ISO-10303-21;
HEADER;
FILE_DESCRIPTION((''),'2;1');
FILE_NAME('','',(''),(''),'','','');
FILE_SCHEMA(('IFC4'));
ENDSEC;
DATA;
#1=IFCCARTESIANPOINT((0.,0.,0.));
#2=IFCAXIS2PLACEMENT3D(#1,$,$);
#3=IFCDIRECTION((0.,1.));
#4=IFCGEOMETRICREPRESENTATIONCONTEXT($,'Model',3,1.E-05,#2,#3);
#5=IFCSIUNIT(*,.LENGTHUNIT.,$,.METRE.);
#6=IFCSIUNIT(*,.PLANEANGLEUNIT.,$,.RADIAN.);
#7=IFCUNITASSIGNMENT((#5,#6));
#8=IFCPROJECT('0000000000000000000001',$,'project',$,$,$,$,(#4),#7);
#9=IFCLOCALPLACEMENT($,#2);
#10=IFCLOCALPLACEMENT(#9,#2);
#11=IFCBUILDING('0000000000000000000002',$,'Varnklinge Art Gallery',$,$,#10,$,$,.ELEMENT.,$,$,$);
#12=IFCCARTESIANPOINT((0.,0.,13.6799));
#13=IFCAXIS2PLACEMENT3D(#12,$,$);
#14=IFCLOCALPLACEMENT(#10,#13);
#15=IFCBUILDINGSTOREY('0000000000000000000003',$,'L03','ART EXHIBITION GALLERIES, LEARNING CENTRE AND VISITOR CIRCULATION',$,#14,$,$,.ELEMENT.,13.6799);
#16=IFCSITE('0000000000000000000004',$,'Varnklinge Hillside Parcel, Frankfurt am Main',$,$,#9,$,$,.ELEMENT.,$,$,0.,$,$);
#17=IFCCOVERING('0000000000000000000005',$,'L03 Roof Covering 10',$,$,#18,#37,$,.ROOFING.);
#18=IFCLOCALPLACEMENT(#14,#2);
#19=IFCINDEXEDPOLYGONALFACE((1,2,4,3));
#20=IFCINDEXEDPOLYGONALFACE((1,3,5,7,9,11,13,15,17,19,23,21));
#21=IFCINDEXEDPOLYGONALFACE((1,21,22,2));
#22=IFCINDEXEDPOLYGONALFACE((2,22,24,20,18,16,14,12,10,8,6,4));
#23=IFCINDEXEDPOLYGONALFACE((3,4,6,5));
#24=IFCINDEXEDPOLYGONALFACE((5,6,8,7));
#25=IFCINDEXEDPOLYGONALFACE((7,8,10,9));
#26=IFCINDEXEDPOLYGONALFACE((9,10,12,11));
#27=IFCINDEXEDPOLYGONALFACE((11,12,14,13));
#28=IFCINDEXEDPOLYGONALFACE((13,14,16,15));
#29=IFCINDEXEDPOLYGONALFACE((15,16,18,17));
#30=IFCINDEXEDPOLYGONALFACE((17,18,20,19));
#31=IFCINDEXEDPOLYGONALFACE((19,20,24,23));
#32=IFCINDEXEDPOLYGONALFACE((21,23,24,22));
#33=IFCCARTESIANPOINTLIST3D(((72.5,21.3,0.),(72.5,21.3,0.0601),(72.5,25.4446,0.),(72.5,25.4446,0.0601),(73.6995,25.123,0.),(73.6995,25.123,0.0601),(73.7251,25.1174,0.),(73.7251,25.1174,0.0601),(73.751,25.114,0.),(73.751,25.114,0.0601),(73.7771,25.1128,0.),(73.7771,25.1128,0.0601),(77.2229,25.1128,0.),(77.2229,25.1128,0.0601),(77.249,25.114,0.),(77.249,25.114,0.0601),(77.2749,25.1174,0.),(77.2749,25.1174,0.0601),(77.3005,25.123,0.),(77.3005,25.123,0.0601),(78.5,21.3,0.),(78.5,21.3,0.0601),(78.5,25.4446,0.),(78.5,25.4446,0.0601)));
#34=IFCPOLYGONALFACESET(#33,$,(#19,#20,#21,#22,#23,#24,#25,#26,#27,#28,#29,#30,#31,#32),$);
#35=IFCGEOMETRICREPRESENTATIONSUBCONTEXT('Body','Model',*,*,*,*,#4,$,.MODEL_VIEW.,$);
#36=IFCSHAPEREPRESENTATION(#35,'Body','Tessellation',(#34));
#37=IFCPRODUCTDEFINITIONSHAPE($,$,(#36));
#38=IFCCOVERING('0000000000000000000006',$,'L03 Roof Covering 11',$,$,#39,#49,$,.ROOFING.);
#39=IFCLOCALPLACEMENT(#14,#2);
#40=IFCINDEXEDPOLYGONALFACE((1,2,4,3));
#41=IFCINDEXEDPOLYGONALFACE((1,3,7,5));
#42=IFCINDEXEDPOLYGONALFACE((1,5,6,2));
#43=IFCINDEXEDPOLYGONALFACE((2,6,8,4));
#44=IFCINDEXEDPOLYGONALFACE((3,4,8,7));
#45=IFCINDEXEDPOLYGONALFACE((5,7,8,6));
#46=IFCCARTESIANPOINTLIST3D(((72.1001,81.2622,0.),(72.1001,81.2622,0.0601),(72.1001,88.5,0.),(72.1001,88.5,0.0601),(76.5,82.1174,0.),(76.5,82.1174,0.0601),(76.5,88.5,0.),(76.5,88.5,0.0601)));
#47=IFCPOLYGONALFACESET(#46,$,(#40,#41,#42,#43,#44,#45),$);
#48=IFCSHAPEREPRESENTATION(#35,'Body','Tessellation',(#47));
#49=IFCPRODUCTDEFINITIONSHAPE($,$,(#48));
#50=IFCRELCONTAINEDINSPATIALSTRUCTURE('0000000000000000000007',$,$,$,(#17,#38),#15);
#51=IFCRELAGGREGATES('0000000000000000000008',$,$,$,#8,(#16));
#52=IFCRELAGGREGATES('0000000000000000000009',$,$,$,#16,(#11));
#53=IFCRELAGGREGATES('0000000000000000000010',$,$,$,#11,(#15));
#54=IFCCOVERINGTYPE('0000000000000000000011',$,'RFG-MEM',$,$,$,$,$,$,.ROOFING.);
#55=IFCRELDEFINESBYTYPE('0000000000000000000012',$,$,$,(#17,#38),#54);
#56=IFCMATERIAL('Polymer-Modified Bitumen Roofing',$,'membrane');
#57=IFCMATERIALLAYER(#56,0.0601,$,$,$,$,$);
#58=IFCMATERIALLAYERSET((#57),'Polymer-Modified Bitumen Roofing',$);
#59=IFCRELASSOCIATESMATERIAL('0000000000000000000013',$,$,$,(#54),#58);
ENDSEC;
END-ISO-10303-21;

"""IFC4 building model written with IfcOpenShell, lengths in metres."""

from ifc_helpers import new_model, si_unit, direction, frame, origin, place, context, subcontext, project, spatial, polyline, outline, extrude, material, layer, layer_set, type_object, element, save


model = new_model("IFC4")

# Units and contexts
model_context = context("Model", 3, precision=1e-05, world=origin(), true_north=direction((0.0, 1.0)))
body_context = subcontext(model_context, "Body", "Model", "MODEL_VIEW")
ifc_project = project(units=[si_unit("LENGTHUNIT", "METRE"), si_unit("PLANEANGLEUNIT", "RADIAN")], contexts=[model_context])

# Site, building, storey
site_placement = place(None, origin())
site = spatial("IfcSite", under=ifc_project, at=site_placement, Name="Varnklinge Hillside Parcel, Frankfurt am Main", CompositionType="ELEMENT", RefElevation=0.0)
building_placement = place(site_placement, origin())
building = spatial("IfcBuilding", under=site, at=building_placement, Name="Varnklinge Art Gallery", CompositionType="ELEMENT")
storey_placement = place(building_placement, frame((0.0, 0.0, 13.6799)))
storey = spatial("IfcBuildingStorey", under=building, at=storey_placement, Name="L03", Description="ART EXHIBITION GALLERIES, LEARNING CENTRE AND VISITOR CIRCULATION", CompositionType="ELEMENT", Elevation=13.6799)

# Coverings
ifc_material_1 = material(Name="Polymer-Modified Bitumen Roofing", Category="membrane")
ifc_layer_1 = layer(ifc_material_1, 0.0601)
ifc_layer_set_1 = layer_set([ifc_layer_1], Name="Polymer-Modified Bitumen Roofing")
covering_type_1 = type_object("IfcCoveringType", Name="RFG-MEM", PredefinedType="ROOFING", material=ifc_layer_set_1)
covering_1_placement = place(storey_placement, origin())
element("IfcCovering", 1, at=covering_1_placement, inside=storey, type_object=covering_type_1, Name="L03 Roof Covering 10", PredefinedType="ROOFING", context=body_context, shape_type="SweptSolid", body=[
    extrude(outline(polyline([(77.3005, 25.123), (77.2749, 25.1174), (77.249, 25.114), (77.2229, 25.1128), (73.7771, 25.1128), (73.751, 25.114), (73.7251, 25.1174), (73.6995, 25.123), (72.5, 25.4446), (72.5, 21.3), (78.5, 21.3), (78.5, 25.4446), (77.3005, 25.123)])), origin(), (0.0, 0.0, 1.0), 0.0601),
])
covering_2_placement = place(storey_placement, origin())
element("IfcCovering", 2, at=covering_2_placement, inside=storey, type_object=covering_type_1, Name="L03 Roof Covering 11", PredefinedType="ROOFING", context=body_context, shape_type="SweptSolid", body=[
    extrude(outline(polyline([(76.5, 82.1174), (76.5, 88.5), (72.1001, 88.5), (72.1001, 81.2622), (76.5, 82.1174)])), origin(), (0.0, 0.0, 1.0), 0.0601),
])

save(model, "model.ifc")
